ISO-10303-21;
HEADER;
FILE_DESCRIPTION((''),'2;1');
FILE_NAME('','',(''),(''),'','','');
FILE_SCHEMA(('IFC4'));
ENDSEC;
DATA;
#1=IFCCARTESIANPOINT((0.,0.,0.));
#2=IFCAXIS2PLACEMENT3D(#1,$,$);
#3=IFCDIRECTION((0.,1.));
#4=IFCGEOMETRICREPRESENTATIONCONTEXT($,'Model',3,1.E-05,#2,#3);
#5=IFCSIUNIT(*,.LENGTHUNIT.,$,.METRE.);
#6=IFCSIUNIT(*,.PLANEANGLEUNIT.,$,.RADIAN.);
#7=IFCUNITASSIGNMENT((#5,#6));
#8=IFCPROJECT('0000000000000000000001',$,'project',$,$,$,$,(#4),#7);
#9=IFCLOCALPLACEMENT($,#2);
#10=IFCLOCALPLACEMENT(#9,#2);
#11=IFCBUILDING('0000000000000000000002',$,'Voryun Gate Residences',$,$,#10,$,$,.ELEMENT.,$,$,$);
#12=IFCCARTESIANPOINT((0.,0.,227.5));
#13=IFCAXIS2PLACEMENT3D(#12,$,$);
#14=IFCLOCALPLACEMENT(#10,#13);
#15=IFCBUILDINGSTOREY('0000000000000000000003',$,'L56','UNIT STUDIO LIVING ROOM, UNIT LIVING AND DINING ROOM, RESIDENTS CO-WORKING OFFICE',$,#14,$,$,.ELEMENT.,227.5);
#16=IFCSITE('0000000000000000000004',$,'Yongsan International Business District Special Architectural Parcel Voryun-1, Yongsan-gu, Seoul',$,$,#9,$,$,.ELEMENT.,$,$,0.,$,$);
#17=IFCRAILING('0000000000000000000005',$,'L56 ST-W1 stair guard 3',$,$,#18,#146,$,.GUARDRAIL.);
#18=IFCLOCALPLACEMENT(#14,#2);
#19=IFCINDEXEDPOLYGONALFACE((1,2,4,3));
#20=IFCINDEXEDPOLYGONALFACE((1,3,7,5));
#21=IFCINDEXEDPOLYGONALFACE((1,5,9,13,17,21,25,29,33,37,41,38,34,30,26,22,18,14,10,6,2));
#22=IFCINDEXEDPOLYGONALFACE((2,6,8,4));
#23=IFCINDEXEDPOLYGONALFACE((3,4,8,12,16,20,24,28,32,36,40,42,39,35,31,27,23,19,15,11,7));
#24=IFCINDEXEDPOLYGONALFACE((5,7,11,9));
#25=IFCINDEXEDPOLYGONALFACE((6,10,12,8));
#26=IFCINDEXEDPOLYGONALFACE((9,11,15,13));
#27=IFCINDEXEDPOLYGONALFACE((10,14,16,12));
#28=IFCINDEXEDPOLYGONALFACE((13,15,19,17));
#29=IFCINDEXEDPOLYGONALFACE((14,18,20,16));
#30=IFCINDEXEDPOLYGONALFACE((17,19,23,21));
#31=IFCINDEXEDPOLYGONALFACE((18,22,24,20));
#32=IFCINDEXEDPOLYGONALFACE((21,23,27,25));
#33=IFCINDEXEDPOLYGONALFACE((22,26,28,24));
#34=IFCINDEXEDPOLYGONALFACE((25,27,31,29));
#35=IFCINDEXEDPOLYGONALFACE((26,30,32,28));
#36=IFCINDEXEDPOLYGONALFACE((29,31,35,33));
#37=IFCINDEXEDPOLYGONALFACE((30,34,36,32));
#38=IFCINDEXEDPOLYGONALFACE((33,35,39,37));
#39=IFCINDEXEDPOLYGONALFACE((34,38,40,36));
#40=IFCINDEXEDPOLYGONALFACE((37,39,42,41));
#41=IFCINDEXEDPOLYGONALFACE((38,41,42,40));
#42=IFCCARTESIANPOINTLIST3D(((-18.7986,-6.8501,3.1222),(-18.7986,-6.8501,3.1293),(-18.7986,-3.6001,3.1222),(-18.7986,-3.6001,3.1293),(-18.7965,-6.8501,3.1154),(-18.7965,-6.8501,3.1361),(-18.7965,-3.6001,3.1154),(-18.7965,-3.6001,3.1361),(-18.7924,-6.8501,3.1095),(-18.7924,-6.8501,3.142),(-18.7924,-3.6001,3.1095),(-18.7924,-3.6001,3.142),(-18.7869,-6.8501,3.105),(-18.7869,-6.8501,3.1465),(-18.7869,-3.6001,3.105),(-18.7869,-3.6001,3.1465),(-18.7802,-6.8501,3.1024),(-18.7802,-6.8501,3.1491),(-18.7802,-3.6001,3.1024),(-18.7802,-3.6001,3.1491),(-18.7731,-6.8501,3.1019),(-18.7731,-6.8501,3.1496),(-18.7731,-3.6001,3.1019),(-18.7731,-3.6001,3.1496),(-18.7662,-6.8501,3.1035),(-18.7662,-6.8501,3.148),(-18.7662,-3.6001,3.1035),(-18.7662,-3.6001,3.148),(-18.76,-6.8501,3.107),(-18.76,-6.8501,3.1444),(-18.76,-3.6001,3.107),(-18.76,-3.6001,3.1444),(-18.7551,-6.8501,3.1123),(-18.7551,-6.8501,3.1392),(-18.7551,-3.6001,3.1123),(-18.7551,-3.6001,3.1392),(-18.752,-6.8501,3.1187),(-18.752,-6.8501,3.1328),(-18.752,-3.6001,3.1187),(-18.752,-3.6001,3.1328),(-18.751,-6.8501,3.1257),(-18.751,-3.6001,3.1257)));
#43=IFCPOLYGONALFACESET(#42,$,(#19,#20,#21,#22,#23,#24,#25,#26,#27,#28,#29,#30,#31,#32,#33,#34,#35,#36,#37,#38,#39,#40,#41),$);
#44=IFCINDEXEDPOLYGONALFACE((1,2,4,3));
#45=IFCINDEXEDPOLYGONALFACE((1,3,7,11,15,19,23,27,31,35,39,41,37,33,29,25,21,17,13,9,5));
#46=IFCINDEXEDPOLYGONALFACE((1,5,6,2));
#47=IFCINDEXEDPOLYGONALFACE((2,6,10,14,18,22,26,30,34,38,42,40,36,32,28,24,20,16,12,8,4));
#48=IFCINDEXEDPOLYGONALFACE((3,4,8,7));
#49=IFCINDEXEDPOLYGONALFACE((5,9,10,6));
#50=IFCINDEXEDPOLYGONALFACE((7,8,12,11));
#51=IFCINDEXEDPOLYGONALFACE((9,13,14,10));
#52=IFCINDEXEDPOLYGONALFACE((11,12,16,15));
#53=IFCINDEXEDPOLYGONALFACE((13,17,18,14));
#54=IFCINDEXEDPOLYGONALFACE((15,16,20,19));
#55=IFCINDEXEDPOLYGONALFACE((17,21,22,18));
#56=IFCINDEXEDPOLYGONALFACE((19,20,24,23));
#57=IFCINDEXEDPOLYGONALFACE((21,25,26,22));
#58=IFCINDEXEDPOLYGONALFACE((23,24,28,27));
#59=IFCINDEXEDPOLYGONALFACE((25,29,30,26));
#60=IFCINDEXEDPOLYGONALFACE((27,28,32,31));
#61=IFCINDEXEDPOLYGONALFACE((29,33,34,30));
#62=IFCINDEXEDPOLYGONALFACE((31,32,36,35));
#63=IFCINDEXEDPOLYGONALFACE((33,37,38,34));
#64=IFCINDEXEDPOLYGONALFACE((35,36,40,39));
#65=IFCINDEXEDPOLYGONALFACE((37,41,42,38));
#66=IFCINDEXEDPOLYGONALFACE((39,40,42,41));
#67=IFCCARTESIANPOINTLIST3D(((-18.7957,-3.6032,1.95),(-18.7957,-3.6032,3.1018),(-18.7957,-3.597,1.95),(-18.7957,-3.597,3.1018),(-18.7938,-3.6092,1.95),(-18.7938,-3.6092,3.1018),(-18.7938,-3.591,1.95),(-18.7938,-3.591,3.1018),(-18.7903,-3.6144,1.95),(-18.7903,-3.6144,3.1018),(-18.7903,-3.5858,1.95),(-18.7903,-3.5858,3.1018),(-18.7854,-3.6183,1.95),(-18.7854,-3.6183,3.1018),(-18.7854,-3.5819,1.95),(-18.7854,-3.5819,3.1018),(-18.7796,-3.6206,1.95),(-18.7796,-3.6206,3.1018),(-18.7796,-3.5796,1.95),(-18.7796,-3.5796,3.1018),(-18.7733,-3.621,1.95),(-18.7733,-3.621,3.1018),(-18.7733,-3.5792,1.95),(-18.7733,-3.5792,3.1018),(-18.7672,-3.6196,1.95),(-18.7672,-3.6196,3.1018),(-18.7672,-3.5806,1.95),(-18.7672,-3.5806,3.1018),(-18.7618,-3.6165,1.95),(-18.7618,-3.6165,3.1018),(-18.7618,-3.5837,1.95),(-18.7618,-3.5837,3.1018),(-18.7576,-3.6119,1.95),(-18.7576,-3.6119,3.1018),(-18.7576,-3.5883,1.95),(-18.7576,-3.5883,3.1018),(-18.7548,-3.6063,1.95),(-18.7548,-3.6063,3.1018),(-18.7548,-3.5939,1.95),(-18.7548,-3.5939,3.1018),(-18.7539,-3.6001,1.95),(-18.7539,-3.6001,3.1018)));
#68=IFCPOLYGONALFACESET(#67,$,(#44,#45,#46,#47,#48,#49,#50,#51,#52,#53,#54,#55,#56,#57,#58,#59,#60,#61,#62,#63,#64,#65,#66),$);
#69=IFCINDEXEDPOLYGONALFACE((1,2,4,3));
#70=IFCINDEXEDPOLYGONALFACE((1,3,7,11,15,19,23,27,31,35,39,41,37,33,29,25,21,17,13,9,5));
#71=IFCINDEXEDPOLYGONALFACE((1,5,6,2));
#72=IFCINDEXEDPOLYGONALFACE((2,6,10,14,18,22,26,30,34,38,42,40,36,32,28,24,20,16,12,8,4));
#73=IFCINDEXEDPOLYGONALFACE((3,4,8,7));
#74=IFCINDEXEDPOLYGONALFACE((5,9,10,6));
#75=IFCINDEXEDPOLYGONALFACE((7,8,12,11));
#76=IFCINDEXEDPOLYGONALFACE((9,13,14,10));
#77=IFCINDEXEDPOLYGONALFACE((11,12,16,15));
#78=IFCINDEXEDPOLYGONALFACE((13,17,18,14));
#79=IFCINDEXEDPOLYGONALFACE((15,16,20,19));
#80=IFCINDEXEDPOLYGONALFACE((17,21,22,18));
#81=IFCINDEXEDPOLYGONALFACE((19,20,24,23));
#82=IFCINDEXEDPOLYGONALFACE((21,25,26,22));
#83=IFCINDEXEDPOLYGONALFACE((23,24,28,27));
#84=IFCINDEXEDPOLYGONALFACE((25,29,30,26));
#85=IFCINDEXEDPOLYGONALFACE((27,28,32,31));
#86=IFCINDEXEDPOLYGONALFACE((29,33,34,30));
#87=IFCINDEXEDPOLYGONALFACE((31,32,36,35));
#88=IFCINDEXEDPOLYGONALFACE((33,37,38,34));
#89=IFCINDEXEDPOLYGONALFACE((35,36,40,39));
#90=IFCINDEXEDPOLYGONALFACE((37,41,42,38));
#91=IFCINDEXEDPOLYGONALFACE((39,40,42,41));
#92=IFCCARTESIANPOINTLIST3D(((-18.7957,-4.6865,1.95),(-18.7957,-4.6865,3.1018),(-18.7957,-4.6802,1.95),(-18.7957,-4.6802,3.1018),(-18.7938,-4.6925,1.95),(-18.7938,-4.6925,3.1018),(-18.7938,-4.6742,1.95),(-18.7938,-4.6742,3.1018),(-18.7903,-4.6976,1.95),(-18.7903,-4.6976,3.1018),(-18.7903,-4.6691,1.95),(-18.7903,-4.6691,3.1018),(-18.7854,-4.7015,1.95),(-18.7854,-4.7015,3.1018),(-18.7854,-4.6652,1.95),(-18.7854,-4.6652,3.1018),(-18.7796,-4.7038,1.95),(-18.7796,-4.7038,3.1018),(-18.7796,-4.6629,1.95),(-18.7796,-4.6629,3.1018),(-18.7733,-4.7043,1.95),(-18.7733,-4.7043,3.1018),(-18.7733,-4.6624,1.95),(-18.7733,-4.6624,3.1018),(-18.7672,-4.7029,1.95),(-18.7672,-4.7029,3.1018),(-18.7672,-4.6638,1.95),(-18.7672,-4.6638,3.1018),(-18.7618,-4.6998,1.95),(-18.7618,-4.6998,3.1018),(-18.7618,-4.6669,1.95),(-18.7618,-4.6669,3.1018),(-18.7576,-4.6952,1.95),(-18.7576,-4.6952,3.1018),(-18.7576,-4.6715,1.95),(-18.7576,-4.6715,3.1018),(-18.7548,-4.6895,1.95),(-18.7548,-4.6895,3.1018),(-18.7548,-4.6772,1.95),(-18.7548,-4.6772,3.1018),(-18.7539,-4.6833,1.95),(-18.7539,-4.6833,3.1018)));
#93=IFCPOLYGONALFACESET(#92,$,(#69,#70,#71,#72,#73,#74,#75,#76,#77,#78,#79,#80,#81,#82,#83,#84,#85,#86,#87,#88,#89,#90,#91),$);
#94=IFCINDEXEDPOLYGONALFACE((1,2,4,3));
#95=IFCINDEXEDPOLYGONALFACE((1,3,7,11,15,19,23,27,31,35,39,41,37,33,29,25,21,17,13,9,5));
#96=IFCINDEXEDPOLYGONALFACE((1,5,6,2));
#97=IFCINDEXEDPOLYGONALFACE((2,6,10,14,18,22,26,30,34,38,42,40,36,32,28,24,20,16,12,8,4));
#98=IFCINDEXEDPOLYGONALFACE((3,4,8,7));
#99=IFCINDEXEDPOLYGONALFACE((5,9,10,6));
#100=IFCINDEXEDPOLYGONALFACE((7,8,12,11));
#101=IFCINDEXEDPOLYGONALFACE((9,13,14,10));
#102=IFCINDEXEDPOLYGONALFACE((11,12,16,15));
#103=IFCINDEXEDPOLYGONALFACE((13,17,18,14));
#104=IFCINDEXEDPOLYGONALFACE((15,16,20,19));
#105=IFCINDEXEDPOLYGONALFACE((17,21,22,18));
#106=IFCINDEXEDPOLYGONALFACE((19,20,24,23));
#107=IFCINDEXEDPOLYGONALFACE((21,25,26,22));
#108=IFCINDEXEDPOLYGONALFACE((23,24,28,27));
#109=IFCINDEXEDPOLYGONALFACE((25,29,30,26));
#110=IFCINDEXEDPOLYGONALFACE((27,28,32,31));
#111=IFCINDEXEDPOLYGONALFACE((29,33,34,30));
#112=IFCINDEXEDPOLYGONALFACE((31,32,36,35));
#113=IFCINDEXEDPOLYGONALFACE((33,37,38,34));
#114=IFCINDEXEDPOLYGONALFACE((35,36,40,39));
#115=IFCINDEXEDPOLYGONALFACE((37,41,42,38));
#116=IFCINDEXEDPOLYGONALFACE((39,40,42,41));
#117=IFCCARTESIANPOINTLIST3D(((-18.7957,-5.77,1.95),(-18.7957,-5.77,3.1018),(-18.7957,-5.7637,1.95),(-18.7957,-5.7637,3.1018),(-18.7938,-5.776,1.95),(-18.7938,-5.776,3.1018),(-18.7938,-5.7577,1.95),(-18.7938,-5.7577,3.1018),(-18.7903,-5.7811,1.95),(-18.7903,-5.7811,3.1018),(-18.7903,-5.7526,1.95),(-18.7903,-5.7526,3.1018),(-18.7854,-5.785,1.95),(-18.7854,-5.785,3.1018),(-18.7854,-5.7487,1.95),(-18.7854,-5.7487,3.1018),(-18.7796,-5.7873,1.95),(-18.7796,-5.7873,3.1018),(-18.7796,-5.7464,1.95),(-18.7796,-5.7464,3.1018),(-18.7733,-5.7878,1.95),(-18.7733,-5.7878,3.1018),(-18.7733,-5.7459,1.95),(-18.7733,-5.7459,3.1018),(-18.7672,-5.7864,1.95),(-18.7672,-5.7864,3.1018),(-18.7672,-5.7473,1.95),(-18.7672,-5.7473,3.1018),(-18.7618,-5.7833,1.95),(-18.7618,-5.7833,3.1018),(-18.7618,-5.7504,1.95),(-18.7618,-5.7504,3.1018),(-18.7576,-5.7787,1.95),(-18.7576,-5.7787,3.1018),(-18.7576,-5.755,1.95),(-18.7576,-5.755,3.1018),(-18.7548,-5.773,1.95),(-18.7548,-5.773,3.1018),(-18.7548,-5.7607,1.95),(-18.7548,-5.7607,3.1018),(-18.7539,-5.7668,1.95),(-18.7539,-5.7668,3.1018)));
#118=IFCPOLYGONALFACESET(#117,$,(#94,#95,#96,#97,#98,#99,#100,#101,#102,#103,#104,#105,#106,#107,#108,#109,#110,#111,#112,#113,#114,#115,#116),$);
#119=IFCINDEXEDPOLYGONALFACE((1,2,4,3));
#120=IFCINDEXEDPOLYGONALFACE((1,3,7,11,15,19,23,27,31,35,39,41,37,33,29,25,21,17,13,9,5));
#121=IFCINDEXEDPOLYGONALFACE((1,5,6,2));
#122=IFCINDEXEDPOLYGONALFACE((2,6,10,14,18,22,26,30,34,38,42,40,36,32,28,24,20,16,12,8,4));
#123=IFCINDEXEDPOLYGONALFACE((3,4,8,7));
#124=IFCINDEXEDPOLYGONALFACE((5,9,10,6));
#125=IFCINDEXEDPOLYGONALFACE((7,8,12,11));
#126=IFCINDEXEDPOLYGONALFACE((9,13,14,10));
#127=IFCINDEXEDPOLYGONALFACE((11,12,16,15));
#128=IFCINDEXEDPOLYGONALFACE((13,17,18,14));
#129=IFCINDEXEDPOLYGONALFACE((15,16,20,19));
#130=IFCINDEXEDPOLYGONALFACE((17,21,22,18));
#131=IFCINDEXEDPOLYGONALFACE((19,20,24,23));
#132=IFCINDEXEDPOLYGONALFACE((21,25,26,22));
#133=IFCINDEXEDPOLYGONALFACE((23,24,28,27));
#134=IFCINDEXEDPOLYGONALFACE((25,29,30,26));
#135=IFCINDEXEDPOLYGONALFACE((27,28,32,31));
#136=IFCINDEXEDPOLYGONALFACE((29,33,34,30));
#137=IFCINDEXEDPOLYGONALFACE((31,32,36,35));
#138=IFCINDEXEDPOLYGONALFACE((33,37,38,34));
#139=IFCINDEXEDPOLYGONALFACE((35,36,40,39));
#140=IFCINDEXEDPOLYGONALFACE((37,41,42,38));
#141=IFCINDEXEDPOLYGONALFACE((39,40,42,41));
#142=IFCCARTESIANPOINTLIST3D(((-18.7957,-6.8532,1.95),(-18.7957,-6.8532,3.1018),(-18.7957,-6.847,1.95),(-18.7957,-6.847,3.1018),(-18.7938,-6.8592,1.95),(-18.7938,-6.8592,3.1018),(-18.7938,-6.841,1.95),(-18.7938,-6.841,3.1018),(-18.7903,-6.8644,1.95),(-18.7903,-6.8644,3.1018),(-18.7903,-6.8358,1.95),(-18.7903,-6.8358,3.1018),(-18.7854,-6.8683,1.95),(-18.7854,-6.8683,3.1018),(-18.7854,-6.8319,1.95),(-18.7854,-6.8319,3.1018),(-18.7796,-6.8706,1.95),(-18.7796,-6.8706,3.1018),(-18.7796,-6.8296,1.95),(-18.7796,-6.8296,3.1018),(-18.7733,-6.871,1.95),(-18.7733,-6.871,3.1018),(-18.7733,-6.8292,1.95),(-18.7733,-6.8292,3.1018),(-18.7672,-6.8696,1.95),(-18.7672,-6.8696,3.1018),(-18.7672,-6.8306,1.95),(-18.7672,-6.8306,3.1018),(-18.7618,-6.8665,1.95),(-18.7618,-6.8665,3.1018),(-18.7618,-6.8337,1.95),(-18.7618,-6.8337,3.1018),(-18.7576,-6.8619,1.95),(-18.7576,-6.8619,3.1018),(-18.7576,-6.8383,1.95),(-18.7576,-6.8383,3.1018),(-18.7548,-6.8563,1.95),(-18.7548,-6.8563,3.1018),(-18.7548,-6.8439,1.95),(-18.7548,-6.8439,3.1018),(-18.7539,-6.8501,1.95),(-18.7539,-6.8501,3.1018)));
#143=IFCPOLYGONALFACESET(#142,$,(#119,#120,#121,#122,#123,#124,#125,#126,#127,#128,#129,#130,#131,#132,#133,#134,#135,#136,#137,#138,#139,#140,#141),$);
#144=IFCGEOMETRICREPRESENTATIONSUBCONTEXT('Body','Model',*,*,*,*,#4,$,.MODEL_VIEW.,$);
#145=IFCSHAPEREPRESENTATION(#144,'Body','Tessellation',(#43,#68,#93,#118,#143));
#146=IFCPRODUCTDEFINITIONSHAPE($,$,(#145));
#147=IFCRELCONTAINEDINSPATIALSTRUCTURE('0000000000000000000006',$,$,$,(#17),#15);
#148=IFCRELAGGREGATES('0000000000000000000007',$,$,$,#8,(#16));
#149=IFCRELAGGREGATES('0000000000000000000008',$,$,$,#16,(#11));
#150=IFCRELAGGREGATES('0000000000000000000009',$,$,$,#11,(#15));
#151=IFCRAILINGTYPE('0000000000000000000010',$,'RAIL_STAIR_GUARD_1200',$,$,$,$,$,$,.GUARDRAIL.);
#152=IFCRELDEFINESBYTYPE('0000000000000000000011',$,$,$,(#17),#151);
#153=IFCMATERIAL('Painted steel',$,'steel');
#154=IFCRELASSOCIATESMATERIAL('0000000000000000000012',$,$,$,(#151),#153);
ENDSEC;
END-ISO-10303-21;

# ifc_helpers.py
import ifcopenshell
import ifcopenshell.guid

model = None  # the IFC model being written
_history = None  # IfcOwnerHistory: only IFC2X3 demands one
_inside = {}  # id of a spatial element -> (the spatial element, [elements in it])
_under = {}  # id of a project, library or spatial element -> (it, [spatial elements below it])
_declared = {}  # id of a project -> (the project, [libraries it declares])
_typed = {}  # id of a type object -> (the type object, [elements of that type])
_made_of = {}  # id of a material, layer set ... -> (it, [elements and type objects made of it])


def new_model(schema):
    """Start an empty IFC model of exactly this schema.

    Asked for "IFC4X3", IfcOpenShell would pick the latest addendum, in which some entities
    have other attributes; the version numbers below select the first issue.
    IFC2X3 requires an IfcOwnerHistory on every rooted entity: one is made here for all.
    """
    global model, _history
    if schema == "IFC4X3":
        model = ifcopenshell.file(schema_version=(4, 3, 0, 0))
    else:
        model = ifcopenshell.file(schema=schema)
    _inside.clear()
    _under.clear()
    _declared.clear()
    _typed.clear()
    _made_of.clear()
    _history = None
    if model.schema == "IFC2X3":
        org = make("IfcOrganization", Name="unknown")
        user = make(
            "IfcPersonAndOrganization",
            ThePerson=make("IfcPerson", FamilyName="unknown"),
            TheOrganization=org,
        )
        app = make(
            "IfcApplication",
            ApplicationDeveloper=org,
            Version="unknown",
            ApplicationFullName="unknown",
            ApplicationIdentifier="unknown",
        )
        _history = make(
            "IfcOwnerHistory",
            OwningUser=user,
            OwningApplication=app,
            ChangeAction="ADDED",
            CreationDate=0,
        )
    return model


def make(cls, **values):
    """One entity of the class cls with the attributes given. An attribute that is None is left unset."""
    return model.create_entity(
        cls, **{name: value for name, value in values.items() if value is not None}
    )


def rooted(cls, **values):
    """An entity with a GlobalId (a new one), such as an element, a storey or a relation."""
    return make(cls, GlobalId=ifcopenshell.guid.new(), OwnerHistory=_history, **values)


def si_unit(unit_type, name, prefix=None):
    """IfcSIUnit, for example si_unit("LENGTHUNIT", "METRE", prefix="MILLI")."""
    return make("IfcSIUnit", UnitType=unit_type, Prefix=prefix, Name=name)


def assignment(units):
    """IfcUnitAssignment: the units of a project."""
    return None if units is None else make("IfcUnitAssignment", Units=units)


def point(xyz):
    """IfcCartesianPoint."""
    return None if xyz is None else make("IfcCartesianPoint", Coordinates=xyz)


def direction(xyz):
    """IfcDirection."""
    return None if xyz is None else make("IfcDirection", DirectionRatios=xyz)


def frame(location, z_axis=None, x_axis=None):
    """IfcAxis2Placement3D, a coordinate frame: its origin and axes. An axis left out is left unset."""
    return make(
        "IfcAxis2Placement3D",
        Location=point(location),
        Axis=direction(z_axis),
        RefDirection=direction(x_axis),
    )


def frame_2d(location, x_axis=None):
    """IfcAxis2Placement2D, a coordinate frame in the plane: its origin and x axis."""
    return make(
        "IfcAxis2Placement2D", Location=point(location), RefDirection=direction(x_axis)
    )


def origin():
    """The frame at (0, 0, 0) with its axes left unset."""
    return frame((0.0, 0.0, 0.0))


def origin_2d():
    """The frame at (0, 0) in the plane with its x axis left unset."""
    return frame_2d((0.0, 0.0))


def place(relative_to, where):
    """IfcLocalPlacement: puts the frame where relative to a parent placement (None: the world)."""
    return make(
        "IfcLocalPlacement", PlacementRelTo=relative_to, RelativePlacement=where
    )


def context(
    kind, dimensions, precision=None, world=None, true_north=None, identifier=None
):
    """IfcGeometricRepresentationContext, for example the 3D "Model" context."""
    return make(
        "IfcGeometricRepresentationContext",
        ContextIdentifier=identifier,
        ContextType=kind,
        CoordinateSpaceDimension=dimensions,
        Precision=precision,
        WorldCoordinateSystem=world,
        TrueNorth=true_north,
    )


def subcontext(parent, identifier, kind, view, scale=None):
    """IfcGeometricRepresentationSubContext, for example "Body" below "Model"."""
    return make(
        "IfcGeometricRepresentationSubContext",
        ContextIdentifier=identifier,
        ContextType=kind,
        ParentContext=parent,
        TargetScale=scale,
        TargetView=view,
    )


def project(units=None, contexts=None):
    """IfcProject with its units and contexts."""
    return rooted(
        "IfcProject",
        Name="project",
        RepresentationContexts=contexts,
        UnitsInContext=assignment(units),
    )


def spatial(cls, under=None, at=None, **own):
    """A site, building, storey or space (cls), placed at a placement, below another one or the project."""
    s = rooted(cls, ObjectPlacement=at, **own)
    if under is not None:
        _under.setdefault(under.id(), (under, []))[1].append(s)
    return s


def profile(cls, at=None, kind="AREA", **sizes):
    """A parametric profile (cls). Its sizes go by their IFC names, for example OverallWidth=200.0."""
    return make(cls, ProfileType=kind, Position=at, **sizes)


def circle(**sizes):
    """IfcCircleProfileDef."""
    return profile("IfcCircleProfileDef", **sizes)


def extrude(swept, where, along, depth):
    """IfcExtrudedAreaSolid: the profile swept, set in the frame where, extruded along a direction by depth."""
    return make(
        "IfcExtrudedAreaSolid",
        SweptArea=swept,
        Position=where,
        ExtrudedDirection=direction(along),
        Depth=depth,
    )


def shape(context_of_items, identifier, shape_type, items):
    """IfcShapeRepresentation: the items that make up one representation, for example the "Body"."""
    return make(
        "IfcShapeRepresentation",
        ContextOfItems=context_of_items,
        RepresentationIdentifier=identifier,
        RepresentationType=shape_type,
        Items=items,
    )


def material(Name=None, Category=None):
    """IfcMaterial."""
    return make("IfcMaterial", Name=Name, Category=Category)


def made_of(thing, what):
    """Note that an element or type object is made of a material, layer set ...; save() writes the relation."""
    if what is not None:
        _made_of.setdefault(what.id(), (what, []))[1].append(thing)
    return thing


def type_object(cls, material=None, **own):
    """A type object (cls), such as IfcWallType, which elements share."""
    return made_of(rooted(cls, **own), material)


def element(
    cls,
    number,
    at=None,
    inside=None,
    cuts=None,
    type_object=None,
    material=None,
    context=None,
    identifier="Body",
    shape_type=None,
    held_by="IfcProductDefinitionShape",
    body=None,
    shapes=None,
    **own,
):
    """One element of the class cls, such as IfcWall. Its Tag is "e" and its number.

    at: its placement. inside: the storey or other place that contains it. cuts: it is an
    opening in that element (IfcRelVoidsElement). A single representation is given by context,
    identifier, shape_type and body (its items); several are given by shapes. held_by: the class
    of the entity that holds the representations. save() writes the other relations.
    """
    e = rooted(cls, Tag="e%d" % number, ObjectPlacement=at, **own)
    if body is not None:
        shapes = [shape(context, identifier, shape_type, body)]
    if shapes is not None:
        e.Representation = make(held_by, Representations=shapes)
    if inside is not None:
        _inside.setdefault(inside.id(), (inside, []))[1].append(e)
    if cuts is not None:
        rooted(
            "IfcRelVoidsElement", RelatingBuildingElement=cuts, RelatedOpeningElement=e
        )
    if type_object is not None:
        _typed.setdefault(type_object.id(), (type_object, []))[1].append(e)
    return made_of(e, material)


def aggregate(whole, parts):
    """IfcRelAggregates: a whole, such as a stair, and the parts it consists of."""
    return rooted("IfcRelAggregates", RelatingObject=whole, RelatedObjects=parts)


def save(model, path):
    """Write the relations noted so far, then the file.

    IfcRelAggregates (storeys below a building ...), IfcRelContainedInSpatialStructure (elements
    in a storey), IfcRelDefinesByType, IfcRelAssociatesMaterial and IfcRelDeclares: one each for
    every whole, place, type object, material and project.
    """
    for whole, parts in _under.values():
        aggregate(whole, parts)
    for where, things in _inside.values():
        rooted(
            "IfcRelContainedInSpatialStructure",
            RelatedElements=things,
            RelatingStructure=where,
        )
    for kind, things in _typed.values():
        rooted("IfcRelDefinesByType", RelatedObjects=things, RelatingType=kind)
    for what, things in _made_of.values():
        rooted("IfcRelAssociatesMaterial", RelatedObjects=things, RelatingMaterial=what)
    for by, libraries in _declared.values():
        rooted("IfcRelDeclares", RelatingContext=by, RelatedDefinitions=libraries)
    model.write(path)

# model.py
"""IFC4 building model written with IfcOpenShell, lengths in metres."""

from ifc_helpers import new_model, si_unit, direction, frame, origin, origin_2d, place, context, subcontext, project, spatial, circle, extrude, material, type_object, element, save


model = new_model("IFC4")

# Units and contexts
model_context = context("Model", 3, precision=1e-05, world=origin(), true_north=direction((0.0, 1.0)))
body_context = subcontext(model_context, "Body", "Model", "MODEL_VIEW")
ifc_project = project(units=[si_unit("LENGTHUNIT", "METRE"), si_unit("PLANEANGLEUNIT", "RADIAN")], contexts=[model_context])

# Site, building, storey
site_placement = place(None, origin())
site = spatial("IfcSite", under=ifc_project, at=site_placement, Name="Yongsan International Business District Special Architectural Parcel Voryun-1, Yongsan-gu, Seoul", CompositionType="ELEMENT", RefElevation=0.0)
building_placement = place(site_placement, origin())
building = spatial("IfcBuilding", under=site, at=building_placement, Name="Voryun Gate Residences", CompositionType="ELEMENT")
storey_placement = place(building_placement, frame((0.0, 0.0, 227.5)))
storey = spatial("IfcBuildingStorey", under=building, at=storey_placement, Name="L56", Description="UNIT STUDIO LIVING ROOM, UNIT LIVING AND DINING ROOM, RESIDENTS CO-WORKING OFFICE", CompositionType="ELEMENT", Elevation=227.5)

# Railing
ifc_material_1 = material(Name="Painted steel", Category="steel")
railing_type_1 = type_object("IfcRailingType", Name="RAIL_STAIR_GUARD_1200", PredefinedType="GUARDRAIL", material=ifc_material_1)
railing_1_placement = place(storey_placement, frame((-18.7749, -3.6001, 1.95)))
element("IfcRailing", 1, at=railing_1_placement, inside=storey, type_object=railing_type_1, Name="L56 ST-W1 stair guard 3", PredefinedType="GUARDRAIL", context=body_context, shape_type="SweptSolid", body=[
    extrude(circle(Radius=0.0239, at=origin_2d()), frame((0.0, 0.0, 1.1758), z_axis=(0.0, -1.0, 0.0), x_axis=(1.0, 0.0, 0.0)), (0.0, 0.0, 1.0), 3.25),
    extrude(circle(Radius=0.021, at=origin_2d()), origin(), (0.0, 0.0, 1.0), 1.1519),
    extrude(circle(Radius=0.021, at=origin_2d()), frame((0.0, -1.0833, 0.0)), (0.0, 0.0, 1.0), 1.1519),
    extrude(circle(Radius=0.021, at=origin_2d()), frame((0.0, -2.1667, 0.0)), (0.0, 0.0, 1.0), 1.1519),
    extrude(circle(Radius=0.021, at=origin_2d()), frame((0.0, -3.25, 0.0)), (0.0, 0.0, 1.0), 1.1519),
])

save(model, "model.ifc")
